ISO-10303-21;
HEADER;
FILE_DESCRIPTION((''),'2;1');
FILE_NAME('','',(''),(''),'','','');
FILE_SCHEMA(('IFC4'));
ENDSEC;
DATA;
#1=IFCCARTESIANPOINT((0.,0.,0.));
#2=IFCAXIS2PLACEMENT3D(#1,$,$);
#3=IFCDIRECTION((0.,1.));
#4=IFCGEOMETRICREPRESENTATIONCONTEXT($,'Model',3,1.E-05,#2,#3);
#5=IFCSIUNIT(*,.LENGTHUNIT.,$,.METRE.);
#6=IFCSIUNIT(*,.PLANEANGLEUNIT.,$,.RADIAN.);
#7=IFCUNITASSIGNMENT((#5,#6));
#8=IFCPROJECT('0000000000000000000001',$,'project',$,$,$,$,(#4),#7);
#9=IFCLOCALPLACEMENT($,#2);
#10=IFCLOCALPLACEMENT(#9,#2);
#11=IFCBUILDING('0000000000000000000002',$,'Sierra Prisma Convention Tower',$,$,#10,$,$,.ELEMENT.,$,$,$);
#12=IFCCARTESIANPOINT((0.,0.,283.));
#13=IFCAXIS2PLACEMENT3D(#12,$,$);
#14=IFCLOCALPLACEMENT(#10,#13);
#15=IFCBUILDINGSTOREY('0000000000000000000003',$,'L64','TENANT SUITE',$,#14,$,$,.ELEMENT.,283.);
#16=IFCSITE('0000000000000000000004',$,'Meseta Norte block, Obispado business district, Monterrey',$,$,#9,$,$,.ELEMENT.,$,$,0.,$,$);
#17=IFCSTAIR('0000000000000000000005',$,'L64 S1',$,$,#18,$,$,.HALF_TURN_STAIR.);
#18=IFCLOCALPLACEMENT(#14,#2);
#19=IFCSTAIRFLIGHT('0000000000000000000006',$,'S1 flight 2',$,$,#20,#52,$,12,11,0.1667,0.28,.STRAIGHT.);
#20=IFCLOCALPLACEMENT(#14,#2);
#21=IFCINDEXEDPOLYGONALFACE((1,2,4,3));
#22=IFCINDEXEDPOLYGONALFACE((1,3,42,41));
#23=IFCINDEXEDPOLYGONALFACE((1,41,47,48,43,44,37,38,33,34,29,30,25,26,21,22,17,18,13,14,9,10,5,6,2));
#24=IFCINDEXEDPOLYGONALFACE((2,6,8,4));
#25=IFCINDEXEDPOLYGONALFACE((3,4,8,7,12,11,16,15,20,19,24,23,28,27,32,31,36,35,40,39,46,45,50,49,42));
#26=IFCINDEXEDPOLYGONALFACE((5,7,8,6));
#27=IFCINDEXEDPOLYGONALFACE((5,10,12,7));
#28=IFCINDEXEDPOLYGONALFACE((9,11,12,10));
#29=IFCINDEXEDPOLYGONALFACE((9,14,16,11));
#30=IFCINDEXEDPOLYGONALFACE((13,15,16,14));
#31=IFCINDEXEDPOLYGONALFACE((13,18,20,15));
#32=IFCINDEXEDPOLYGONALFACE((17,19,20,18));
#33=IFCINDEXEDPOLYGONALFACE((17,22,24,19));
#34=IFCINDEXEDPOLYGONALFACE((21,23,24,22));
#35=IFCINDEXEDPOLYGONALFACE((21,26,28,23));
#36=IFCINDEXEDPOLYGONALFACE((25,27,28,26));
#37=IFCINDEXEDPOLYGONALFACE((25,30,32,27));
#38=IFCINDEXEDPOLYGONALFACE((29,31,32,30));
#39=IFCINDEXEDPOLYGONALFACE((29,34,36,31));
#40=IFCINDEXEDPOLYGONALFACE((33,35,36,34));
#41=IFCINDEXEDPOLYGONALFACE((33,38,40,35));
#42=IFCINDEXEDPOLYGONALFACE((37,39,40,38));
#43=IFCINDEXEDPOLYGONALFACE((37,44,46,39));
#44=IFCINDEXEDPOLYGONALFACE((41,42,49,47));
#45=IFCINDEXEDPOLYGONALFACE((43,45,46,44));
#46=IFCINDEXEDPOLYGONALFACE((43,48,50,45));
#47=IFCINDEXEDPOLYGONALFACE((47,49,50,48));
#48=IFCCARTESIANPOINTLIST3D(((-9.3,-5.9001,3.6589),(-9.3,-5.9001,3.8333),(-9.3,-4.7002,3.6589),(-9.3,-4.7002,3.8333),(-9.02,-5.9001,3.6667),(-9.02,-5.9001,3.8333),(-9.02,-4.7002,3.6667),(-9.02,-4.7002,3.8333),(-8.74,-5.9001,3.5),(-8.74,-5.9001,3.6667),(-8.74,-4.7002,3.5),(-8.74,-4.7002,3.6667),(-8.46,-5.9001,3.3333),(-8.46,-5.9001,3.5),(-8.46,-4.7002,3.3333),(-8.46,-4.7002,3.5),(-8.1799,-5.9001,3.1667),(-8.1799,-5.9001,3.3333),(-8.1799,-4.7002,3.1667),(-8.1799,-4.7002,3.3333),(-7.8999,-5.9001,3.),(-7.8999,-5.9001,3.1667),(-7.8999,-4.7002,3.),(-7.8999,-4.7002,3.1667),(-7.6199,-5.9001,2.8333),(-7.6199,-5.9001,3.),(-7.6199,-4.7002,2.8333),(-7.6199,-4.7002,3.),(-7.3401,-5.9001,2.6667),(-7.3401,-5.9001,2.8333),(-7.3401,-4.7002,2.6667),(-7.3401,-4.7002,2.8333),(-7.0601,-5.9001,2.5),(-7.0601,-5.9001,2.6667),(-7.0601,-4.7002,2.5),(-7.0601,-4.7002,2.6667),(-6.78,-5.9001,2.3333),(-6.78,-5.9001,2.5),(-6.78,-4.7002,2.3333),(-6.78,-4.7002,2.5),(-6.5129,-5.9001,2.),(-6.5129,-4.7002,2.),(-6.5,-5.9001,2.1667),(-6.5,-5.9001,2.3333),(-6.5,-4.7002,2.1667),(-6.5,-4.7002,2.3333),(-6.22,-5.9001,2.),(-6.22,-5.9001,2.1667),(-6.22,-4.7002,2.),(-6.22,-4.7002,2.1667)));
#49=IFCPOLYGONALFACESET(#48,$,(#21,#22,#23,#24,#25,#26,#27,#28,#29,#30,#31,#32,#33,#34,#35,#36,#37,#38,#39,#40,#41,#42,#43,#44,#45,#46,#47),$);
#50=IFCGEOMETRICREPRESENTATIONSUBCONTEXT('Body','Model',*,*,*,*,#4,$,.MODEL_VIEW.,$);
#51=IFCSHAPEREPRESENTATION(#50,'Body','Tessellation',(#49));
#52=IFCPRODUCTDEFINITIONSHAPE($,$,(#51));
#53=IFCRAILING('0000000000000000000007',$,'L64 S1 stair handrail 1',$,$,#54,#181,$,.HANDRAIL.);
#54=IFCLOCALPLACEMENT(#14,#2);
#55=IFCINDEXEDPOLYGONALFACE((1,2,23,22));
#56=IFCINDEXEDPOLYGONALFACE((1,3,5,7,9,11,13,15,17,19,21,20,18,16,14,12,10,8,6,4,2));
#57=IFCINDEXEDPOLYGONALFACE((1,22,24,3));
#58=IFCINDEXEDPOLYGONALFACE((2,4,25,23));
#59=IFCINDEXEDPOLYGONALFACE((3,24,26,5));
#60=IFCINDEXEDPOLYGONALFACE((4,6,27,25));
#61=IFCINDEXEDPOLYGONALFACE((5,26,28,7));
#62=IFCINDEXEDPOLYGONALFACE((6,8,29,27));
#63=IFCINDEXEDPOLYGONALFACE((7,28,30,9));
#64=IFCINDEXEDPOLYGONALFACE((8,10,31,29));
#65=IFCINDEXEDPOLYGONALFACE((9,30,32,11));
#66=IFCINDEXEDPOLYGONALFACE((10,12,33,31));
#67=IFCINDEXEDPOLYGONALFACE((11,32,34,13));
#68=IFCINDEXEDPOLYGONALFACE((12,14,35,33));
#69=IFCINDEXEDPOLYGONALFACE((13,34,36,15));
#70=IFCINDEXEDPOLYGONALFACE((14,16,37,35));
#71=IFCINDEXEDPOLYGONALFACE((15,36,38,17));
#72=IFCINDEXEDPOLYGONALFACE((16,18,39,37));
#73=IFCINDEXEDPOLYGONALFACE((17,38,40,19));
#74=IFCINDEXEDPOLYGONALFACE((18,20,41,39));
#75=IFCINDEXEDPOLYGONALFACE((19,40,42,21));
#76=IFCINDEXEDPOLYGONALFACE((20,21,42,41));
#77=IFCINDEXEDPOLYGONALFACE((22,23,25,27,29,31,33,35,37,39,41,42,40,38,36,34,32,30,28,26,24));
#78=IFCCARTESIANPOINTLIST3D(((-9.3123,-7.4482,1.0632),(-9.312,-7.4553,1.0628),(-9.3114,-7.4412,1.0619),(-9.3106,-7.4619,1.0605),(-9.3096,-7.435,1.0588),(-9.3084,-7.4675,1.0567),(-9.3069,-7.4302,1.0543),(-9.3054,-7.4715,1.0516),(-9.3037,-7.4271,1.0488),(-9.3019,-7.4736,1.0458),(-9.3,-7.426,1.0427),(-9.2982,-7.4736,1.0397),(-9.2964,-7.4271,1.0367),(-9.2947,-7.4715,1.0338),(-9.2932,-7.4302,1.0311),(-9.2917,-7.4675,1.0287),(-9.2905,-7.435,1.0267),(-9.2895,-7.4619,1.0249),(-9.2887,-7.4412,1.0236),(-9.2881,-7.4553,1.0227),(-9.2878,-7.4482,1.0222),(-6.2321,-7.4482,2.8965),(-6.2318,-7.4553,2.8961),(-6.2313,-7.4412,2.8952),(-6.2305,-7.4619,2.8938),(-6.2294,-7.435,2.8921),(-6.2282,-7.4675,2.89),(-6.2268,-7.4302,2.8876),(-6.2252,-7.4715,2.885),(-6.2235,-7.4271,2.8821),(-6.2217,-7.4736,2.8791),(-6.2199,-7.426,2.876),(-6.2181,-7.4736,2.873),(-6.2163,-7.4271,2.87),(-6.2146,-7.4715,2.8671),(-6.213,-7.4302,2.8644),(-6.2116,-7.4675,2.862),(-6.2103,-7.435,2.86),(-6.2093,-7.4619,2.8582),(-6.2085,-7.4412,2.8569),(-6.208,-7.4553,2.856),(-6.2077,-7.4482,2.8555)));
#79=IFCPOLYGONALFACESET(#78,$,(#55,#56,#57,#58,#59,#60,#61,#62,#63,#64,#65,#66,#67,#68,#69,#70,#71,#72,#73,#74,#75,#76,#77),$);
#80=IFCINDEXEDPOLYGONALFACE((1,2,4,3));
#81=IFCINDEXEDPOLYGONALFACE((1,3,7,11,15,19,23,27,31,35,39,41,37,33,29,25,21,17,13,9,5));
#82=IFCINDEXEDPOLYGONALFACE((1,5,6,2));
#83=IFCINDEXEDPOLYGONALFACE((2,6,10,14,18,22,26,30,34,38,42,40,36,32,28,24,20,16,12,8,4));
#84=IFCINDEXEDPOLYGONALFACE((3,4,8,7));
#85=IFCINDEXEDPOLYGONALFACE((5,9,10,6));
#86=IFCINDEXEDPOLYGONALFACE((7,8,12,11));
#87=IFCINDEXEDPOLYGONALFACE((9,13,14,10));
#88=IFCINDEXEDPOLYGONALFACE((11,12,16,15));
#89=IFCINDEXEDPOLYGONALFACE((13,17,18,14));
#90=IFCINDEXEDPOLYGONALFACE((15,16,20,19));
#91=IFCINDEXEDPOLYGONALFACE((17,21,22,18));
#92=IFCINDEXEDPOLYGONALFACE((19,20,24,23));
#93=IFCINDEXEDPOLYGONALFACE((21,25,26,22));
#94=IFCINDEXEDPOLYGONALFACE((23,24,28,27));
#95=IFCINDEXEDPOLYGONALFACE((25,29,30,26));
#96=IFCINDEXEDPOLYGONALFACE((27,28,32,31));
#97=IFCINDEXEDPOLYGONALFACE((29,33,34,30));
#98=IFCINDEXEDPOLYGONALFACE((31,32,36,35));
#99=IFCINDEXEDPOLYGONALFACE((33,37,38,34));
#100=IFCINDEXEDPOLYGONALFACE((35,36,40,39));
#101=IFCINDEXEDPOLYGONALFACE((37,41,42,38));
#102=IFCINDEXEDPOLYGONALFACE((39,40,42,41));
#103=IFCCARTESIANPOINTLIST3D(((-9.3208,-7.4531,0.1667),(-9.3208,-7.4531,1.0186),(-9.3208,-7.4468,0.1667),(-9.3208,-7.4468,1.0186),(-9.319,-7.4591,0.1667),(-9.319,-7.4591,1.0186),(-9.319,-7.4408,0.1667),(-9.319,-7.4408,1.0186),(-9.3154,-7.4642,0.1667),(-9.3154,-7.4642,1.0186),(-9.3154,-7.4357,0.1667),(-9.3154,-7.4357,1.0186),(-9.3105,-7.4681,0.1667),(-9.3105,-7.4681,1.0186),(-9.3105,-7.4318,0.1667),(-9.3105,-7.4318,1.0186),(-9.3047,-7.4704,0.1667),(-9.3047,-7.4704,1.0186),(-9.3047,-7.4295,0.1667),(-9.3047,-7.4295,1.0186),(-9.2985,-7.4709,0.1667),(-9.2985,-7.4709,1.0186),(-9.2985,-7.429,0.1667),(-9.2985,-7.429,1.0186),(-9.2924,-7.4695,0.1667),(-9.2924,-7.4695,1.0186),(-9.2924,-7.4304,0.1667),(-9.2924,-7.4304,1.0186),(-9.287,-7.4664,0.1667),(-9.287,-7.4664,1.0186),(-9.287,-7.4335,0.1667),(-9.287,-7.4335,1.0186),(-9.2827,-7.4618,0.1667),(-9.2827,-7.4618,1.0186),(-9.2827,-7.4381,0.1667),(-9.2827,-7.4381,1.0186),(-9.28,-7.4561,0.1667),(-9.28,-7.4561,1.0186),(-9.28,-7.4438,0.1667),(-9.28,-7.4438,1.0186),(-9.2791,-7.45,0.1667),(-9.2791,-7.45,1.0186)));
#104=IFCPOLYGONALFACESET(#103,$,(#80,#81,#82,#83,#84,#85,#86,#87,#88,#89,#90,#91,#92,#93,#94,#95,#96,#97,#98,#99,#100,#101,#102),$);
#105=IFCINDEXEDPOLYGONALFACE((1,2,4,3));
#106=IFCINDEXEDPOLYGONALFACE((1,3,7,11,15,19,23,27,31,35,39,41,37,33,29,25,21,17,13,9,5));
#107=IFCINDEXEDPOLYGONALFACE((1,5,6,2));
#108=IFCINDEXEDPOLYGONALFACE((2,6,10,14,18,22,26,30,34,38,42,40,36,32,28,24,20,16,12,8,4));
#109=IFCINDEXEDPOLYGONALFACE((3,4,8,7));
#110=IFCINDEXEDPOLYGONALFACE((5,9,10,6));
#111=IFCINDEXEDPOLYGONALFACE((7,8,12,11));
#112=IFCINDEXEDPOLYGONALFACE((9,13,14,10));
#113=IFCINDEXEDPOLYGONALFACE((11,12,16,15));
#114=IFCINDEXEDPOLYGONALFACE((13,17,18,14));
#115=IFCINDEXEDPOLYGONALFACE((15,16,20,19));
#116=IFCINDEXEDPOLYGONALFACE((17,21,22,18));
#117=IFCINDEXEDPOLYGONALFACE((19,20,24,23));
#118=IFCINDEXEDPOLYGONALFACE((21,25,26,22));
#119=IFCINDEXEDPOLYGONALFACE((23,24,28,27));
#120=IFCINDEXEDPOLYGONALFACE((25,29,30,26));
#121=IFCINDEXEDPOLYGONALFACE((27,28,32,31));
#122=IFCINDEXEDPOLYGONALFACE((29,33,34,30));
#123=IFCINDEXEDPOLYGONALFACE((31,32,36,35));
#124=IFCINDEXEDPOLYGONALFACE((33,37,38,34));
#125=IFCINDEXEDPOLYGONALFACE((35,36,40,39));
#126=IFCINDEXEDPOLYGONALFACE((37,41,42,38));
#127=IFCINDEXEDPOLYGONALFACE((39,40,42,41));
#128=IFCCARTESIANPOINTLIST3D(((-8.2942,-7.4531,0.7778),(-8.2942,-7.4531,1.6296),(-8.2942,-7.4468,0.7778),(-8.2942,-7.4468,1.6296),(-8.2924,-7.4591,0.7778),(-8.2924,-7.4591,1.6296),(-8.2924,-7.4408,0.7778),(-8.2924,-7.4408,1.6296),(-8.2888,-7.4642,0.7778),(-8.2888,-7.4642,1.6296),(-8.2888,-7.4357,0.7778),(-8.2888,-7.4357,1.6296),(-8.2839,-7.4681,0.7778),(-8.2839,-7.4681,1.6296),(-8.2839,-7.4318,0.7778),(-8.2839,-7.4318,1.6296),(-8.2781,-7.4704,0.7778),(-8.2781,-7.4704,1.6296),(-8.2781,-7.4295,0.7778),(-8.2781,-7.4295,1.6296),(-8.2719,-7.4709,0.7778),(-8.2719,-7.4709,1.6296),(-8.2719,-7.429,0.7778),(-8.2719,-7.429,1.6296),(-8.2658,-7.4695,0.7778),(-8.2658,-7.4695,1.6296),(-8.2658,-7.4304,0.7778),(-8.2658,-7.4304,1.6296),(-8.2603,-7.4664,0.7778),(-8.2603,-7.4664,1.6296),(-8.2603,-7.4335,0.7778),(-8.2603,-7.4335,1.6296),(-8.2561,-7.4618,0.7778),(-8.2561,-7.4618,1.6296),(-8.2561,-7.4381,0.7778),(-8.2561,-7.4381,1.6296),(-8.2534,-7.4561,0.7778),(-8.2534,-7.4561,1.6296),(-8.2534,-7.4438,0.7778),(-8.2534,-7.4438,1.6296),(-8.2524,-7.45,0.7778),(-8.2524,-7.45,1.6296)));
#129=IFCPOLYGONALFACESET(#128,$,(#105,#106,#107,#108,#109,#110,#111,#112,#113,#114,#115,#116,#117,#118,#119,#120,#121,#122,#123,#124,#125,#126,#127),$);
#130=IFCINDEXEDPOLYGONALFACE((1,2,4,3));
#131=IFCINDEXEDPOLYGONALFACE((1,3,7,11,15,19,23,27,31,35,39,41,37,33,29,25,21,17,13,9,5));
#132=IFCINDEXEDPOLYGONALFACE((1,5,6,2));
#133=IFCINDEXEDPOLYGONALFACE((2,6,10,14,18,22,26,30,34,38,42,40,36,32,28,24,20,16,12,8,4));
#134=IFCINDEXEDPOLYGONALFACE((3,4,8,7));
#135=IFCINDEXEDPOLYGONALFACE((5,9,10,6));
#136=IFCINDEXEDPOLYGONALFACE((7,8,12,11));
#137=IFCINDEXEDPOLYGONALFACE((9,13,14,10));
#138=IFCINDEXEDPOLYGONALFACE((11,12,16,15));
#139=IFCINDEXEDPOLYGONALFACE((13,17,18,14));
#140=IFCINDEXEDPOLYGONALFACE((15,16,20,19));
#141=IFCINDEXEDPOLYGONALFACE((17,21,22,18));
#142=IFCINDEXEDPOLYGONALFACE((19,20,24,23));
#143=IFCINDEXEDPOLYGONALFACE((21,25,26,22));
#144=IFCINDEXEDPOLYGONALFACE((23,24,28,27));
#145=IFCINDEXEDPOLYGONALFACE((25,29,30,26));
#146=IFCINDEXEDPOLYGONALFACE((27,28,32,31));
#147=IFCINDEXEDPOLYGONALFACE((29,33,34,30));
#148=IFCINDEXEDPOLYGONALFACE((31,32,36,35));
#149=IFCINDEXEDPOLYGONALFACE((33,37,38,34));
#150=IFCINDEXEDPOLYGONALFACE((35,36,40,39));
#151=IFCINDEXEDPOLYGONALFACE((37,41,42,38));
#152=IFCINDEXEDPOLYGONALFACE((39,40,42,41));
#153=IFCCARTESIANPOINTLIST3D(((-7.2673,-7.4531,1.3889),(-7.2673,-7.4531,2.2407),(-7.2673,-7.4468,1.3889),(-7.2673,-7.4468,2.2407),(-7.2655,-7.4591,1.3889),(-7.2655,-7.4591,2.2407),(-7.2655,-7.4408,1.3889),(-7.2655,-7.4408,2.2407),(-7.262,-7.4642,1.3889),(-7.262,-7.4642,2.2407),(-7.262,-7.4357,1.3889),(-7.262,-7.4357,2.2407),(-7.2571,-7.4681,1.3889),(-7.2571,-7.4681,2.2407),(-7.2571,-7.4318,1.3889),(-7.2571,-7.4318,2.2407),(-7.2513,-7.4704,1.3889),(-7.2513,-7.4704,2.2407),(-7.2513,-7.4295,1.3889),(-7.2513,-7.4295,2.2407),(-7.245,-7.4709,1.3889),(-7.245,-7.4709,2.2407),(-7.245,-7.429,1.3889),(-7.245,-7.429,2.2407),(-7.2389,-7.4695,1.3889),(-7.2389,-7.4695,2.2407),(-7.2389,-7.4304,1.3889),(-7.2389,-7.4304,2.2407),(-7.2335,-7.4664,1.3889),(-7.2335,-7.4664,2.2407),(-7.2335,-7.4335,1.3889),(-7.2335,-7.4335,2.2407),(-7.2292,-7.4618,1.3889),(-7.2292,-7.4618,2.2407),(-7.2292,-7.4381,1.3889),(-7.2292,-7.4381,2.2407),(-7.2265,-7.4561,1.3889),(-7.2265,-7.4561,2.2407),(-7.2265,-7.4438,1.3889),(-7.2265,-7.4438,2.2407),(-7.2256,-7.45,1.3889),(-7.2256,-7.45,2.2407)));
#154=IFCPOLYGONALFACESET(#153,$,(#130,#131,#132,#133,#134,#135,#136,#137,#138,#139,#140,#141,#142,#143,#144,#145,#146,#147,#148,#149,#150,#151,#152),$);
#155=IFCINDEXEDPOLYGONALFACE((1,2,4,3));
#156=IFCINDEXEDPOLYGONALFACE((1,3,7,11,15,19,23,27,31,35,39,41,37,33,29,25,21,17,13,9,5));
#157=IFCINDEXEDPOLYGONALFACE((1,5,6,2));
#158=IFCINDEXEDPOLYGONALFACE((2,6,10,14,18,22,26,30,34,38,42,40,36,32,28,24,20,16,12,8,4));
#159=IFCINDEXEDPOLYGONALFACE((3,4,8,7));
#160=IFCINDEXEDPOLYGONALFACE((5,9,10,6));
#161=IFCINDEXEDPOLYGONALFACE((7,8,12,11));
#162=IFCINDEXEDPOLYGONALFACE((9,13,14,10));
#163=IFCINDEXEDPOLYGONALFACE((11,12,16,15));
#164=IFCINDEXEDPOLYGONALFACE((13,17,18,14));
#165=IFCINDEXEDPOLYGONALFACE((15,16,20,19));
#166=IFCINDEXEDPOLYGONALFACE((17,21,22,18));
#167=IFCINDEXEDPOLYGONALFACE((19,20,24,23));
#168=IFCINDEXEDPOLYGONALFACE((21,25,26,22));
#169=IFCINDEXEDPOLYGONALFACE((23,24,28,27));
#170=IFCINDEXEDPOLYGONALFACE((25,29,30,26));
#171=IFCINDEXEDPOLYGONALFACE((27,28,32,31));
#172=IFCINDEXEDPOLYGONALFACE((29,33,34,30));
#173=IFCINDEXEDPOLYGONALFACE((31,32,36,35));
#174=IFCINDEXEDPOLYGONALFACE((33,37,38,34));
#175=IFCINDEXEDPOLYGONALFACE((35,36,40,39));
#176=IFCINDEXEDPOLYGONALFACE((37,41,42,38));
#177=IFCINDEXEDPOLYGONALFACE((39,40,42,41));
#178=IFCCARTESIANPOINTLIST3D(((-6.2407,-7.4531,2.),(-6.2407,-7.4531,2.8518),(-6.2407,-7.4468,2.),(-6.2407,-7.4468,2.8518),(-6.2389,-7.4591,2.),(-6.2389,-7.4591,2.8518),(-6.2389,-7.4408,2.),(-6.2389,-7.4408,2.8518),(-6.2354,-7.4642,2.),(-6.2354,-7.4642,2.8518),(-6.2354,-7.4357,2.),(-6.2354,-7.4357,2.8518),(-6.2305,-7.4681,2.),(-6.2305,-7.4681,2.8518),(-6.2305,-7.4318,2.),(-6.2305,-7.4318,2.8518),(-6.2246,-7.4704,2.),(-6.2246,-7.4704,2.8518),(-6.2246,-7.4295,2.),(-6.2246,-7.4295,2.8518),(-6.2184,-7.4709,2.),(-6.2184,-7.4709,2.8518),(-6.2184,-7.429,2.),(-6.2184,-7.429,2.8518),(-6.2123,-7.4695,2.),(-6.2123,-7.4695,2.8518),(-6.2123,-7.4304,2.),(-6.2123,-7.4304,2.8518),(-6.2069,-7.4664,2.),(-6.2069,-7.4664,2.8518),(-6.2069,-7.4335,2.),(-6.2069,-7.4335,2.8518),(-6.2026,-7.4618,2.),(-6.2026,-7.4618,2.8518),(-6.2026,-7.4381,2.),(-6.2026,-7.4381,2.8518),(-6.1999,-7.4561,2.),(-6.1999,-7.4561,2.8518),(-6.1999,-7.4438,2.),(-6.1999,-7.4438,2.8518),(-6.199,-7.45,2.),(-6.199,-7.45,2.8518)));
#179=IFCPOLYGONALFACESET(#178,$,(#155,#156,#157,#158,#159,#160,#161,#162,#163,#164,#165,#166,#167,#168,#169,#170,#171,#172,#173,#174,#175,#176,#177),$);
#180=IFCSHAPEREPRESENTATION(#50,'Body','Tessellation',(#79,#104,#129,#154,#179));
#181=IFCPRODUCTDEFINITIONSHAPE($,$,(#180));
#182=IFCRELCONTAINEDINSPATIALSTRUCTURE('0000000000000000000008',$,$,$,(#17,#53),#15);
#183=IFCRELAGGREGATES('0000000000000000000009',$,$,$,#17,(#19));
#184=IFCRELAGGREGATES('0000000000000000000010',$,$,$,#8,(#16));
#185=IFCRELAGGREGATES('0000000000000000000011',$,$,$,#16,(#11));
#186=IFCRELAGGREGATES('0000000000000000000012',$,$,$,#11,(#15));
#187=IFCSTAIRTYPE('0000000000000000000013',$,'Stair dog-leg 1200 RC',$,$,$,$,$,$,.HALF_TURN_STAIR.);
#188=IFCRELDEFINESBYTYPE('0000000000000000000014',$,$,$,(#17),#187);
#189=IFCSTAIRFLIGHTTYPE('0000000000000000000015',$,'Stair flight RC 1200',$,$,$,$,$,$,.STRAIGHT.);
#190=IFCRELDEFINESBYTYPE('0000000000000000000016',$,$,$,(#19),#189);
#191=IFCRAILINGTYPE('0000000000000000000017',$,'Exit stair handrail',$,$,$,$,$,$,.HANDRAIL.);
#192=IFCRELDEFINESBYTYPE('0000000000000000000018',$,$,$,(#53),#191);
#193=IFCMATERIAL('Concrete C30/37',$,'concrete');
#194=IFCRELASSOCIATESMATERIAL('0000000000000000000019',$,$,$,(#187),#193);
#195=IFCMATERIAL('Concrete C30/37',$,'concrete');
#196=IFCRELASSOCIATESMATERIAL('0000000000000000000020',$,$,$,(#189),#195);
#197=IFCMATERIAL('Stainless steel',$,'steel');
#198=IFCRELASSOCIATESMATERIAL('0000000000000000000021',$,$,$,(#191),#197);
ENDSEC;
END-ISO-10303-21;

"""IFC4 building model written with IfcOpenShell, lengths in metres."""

from ifc_helpers import new_model, si_unit, direction, frame, origin, origin_2d, place, context, subcontext, project, spatial, polyline, circle, outline, extrude, material, type_object, element, aggregate, save


model = new_model("IFC4")

# Units and contexts
model_context = context("Model", 3, precision=1e-05, world=origin(), true_north=direction((0.0, 1.0)))
body_context = subcontext(model_context, "Body", "Model", "MODEL_VIEW")
ifc_project = project(units=[si_unit("LENGTHUNIT", "METRE"), si_unit("PLANEANGLEUNIT", "RADIAN")], contexts=[model_context])

# Site, building, storey
site_placement = place(None, origin())
site = spatial("IfcSite", under=ifc_project, at=site_placement, Name="Meseta Norte block, Obispado business district, Monterrey", CompositionType="ELEMENT", RefElevation=0.0)
building_placement = place(site_placement, origin())
building = spatial("IfcBuilding", under=site, at=building_placement, Name="Sierra Prisma Convention Tower", CompositionType="ELEMENT")
storey_placement = place(building_placement, frame((0.0, 0.0, 283.0)))
storey = spatial("IfcBuildingStorey", under=building, at=storey_placement, Name="L64", Description="TENANT SUITE", CompositionType="ELEMENT", Elevation=283.0)

# Stair, stair flight
ifc_material_1 = material(Name="Concrete C30/37", Category="concrete")
stair_type = type_object("IfcStairType", Name="Stair dog-leg 1200 RC", PredefinedType="HALF_TURN_STAIR", material=ifc_material_1)
stair_placement = place(storey_placement, origin())
stair = element("IfcStair", 1, at=stair_placement, inside=storey, type_object=stair_type, Name="L64 S1", PredefinedType="HALF_TURN_STAIR")
ifc_material_2 = material(Name="Concrete C30/37", Category="concrete")
stair_flight_type = type_object("IfcStairFlightType", Name="Stair flight RC 1200", PredefinedType="STRAIGHT", material=ifc_material_2)
stair_flight_1_placement = place(storey_placement, frame((-6.22, -5.3, 2.0), z_axis=(0.0, 0.0, 1.0), x_axis=(-1.0, 0.0, 0.0)))
stair_flight_1 = element("IfcStairFlight", 2, at=stair_flight_1_placement, type_object=stair_flight_type, Name="S1 flight 2", NumberOfRisers=12, NumberOfTreads=11, PredefinedType="STRAIGHT", RiserHeight=0.1667, TreadLength=0.28, context=body_context, shape_type="SweptSolid", body=[
    extrude(outline(polyline([(0.0, 0.0), (0.0, 0.1667), (0.28, 0.1667), (0.28, 0.3333), (0.5601, 0.3333), (0.5601, 0.5), (0.8401, 0.5), (0.8401, 0.6667), (1.1201, 0.6667), (1.1201, 0.8333), (1.3999, 0.8333), (1.3999, 1.0), (1.6799, 1.0), (1.6799, 1.1667), (1.96, 1.1667), (1.96, 1.3333), (2.24, 1.3333), (2.24, 1.5), (2.52, 1.5), (2.52, 1.6667), (2.8, 1.6667), (2.8, 1.8333), (3.0801, 1.8333), (3.0801, 2.0), (3.0801, 1.6589), (0.293, 0.0), (0.0, 0.0)])), frame((0.0, 0.6001, 0.0), z_axis=(0.0, -1.0, 0.0), x_axis=(1.0, 0.0, 0.0)), (0.0, 0.0, 1.0), 1.2),
])
aggregate(stair, [stair_flight_1])

# Railing
ifc_material_3 = material(Name="Stainless steel", Category="steel")
railing_type_1 = type_object("IfcRailingType", Name="Exit stair handrail", PredefinedType="HANDRAIL", material=ifc_material_3)
railing_1_placement = place(storey_placement, frame((-9.3, -7.45, 0.1667)))
element("IfcRailing", 3, at=railing_1_placement, inside=storey, type_object=railing_type_1, Name="L64 S1 stair handrail 1", PredefinedType="HANDRAIL", context=body_context, shape_type="SweptSolid", body=[
    extrude(circle(Radius=0.0239, at=origin_2d()), frame((0.0, 0.0, 0.876), z_axis=(0.859309, 0.0, 0.511458), x_axis=(0.0, 1.0, 0.0)), (0.0, 0.0, 1.0), 3.5845),
    extrude(circle(Radius=0.021, at=origin_2d()), origin(), (0.0, 0.0, 1.0), 0.8518),
    extrude(circle(Radius=0.021, at=origin_2d()), frame((1.0266, 0.0, 0.6111)), (0.0, 0.0, 1.0), 0.8518),
    extrude(circle(Radius=0.021, at=origin_2d()), frame((2.0535, 0.0, 1.2222)), (0.0, 0.0, 1.0), 0.8518),
    extrude(circle(Radius=0.021, at=origin_2d()), frame((3.0801, 0.0, 1.8333)), (0.0, 0.0, 1.0), 0.8518),
])

save(model, "model.ifc")
